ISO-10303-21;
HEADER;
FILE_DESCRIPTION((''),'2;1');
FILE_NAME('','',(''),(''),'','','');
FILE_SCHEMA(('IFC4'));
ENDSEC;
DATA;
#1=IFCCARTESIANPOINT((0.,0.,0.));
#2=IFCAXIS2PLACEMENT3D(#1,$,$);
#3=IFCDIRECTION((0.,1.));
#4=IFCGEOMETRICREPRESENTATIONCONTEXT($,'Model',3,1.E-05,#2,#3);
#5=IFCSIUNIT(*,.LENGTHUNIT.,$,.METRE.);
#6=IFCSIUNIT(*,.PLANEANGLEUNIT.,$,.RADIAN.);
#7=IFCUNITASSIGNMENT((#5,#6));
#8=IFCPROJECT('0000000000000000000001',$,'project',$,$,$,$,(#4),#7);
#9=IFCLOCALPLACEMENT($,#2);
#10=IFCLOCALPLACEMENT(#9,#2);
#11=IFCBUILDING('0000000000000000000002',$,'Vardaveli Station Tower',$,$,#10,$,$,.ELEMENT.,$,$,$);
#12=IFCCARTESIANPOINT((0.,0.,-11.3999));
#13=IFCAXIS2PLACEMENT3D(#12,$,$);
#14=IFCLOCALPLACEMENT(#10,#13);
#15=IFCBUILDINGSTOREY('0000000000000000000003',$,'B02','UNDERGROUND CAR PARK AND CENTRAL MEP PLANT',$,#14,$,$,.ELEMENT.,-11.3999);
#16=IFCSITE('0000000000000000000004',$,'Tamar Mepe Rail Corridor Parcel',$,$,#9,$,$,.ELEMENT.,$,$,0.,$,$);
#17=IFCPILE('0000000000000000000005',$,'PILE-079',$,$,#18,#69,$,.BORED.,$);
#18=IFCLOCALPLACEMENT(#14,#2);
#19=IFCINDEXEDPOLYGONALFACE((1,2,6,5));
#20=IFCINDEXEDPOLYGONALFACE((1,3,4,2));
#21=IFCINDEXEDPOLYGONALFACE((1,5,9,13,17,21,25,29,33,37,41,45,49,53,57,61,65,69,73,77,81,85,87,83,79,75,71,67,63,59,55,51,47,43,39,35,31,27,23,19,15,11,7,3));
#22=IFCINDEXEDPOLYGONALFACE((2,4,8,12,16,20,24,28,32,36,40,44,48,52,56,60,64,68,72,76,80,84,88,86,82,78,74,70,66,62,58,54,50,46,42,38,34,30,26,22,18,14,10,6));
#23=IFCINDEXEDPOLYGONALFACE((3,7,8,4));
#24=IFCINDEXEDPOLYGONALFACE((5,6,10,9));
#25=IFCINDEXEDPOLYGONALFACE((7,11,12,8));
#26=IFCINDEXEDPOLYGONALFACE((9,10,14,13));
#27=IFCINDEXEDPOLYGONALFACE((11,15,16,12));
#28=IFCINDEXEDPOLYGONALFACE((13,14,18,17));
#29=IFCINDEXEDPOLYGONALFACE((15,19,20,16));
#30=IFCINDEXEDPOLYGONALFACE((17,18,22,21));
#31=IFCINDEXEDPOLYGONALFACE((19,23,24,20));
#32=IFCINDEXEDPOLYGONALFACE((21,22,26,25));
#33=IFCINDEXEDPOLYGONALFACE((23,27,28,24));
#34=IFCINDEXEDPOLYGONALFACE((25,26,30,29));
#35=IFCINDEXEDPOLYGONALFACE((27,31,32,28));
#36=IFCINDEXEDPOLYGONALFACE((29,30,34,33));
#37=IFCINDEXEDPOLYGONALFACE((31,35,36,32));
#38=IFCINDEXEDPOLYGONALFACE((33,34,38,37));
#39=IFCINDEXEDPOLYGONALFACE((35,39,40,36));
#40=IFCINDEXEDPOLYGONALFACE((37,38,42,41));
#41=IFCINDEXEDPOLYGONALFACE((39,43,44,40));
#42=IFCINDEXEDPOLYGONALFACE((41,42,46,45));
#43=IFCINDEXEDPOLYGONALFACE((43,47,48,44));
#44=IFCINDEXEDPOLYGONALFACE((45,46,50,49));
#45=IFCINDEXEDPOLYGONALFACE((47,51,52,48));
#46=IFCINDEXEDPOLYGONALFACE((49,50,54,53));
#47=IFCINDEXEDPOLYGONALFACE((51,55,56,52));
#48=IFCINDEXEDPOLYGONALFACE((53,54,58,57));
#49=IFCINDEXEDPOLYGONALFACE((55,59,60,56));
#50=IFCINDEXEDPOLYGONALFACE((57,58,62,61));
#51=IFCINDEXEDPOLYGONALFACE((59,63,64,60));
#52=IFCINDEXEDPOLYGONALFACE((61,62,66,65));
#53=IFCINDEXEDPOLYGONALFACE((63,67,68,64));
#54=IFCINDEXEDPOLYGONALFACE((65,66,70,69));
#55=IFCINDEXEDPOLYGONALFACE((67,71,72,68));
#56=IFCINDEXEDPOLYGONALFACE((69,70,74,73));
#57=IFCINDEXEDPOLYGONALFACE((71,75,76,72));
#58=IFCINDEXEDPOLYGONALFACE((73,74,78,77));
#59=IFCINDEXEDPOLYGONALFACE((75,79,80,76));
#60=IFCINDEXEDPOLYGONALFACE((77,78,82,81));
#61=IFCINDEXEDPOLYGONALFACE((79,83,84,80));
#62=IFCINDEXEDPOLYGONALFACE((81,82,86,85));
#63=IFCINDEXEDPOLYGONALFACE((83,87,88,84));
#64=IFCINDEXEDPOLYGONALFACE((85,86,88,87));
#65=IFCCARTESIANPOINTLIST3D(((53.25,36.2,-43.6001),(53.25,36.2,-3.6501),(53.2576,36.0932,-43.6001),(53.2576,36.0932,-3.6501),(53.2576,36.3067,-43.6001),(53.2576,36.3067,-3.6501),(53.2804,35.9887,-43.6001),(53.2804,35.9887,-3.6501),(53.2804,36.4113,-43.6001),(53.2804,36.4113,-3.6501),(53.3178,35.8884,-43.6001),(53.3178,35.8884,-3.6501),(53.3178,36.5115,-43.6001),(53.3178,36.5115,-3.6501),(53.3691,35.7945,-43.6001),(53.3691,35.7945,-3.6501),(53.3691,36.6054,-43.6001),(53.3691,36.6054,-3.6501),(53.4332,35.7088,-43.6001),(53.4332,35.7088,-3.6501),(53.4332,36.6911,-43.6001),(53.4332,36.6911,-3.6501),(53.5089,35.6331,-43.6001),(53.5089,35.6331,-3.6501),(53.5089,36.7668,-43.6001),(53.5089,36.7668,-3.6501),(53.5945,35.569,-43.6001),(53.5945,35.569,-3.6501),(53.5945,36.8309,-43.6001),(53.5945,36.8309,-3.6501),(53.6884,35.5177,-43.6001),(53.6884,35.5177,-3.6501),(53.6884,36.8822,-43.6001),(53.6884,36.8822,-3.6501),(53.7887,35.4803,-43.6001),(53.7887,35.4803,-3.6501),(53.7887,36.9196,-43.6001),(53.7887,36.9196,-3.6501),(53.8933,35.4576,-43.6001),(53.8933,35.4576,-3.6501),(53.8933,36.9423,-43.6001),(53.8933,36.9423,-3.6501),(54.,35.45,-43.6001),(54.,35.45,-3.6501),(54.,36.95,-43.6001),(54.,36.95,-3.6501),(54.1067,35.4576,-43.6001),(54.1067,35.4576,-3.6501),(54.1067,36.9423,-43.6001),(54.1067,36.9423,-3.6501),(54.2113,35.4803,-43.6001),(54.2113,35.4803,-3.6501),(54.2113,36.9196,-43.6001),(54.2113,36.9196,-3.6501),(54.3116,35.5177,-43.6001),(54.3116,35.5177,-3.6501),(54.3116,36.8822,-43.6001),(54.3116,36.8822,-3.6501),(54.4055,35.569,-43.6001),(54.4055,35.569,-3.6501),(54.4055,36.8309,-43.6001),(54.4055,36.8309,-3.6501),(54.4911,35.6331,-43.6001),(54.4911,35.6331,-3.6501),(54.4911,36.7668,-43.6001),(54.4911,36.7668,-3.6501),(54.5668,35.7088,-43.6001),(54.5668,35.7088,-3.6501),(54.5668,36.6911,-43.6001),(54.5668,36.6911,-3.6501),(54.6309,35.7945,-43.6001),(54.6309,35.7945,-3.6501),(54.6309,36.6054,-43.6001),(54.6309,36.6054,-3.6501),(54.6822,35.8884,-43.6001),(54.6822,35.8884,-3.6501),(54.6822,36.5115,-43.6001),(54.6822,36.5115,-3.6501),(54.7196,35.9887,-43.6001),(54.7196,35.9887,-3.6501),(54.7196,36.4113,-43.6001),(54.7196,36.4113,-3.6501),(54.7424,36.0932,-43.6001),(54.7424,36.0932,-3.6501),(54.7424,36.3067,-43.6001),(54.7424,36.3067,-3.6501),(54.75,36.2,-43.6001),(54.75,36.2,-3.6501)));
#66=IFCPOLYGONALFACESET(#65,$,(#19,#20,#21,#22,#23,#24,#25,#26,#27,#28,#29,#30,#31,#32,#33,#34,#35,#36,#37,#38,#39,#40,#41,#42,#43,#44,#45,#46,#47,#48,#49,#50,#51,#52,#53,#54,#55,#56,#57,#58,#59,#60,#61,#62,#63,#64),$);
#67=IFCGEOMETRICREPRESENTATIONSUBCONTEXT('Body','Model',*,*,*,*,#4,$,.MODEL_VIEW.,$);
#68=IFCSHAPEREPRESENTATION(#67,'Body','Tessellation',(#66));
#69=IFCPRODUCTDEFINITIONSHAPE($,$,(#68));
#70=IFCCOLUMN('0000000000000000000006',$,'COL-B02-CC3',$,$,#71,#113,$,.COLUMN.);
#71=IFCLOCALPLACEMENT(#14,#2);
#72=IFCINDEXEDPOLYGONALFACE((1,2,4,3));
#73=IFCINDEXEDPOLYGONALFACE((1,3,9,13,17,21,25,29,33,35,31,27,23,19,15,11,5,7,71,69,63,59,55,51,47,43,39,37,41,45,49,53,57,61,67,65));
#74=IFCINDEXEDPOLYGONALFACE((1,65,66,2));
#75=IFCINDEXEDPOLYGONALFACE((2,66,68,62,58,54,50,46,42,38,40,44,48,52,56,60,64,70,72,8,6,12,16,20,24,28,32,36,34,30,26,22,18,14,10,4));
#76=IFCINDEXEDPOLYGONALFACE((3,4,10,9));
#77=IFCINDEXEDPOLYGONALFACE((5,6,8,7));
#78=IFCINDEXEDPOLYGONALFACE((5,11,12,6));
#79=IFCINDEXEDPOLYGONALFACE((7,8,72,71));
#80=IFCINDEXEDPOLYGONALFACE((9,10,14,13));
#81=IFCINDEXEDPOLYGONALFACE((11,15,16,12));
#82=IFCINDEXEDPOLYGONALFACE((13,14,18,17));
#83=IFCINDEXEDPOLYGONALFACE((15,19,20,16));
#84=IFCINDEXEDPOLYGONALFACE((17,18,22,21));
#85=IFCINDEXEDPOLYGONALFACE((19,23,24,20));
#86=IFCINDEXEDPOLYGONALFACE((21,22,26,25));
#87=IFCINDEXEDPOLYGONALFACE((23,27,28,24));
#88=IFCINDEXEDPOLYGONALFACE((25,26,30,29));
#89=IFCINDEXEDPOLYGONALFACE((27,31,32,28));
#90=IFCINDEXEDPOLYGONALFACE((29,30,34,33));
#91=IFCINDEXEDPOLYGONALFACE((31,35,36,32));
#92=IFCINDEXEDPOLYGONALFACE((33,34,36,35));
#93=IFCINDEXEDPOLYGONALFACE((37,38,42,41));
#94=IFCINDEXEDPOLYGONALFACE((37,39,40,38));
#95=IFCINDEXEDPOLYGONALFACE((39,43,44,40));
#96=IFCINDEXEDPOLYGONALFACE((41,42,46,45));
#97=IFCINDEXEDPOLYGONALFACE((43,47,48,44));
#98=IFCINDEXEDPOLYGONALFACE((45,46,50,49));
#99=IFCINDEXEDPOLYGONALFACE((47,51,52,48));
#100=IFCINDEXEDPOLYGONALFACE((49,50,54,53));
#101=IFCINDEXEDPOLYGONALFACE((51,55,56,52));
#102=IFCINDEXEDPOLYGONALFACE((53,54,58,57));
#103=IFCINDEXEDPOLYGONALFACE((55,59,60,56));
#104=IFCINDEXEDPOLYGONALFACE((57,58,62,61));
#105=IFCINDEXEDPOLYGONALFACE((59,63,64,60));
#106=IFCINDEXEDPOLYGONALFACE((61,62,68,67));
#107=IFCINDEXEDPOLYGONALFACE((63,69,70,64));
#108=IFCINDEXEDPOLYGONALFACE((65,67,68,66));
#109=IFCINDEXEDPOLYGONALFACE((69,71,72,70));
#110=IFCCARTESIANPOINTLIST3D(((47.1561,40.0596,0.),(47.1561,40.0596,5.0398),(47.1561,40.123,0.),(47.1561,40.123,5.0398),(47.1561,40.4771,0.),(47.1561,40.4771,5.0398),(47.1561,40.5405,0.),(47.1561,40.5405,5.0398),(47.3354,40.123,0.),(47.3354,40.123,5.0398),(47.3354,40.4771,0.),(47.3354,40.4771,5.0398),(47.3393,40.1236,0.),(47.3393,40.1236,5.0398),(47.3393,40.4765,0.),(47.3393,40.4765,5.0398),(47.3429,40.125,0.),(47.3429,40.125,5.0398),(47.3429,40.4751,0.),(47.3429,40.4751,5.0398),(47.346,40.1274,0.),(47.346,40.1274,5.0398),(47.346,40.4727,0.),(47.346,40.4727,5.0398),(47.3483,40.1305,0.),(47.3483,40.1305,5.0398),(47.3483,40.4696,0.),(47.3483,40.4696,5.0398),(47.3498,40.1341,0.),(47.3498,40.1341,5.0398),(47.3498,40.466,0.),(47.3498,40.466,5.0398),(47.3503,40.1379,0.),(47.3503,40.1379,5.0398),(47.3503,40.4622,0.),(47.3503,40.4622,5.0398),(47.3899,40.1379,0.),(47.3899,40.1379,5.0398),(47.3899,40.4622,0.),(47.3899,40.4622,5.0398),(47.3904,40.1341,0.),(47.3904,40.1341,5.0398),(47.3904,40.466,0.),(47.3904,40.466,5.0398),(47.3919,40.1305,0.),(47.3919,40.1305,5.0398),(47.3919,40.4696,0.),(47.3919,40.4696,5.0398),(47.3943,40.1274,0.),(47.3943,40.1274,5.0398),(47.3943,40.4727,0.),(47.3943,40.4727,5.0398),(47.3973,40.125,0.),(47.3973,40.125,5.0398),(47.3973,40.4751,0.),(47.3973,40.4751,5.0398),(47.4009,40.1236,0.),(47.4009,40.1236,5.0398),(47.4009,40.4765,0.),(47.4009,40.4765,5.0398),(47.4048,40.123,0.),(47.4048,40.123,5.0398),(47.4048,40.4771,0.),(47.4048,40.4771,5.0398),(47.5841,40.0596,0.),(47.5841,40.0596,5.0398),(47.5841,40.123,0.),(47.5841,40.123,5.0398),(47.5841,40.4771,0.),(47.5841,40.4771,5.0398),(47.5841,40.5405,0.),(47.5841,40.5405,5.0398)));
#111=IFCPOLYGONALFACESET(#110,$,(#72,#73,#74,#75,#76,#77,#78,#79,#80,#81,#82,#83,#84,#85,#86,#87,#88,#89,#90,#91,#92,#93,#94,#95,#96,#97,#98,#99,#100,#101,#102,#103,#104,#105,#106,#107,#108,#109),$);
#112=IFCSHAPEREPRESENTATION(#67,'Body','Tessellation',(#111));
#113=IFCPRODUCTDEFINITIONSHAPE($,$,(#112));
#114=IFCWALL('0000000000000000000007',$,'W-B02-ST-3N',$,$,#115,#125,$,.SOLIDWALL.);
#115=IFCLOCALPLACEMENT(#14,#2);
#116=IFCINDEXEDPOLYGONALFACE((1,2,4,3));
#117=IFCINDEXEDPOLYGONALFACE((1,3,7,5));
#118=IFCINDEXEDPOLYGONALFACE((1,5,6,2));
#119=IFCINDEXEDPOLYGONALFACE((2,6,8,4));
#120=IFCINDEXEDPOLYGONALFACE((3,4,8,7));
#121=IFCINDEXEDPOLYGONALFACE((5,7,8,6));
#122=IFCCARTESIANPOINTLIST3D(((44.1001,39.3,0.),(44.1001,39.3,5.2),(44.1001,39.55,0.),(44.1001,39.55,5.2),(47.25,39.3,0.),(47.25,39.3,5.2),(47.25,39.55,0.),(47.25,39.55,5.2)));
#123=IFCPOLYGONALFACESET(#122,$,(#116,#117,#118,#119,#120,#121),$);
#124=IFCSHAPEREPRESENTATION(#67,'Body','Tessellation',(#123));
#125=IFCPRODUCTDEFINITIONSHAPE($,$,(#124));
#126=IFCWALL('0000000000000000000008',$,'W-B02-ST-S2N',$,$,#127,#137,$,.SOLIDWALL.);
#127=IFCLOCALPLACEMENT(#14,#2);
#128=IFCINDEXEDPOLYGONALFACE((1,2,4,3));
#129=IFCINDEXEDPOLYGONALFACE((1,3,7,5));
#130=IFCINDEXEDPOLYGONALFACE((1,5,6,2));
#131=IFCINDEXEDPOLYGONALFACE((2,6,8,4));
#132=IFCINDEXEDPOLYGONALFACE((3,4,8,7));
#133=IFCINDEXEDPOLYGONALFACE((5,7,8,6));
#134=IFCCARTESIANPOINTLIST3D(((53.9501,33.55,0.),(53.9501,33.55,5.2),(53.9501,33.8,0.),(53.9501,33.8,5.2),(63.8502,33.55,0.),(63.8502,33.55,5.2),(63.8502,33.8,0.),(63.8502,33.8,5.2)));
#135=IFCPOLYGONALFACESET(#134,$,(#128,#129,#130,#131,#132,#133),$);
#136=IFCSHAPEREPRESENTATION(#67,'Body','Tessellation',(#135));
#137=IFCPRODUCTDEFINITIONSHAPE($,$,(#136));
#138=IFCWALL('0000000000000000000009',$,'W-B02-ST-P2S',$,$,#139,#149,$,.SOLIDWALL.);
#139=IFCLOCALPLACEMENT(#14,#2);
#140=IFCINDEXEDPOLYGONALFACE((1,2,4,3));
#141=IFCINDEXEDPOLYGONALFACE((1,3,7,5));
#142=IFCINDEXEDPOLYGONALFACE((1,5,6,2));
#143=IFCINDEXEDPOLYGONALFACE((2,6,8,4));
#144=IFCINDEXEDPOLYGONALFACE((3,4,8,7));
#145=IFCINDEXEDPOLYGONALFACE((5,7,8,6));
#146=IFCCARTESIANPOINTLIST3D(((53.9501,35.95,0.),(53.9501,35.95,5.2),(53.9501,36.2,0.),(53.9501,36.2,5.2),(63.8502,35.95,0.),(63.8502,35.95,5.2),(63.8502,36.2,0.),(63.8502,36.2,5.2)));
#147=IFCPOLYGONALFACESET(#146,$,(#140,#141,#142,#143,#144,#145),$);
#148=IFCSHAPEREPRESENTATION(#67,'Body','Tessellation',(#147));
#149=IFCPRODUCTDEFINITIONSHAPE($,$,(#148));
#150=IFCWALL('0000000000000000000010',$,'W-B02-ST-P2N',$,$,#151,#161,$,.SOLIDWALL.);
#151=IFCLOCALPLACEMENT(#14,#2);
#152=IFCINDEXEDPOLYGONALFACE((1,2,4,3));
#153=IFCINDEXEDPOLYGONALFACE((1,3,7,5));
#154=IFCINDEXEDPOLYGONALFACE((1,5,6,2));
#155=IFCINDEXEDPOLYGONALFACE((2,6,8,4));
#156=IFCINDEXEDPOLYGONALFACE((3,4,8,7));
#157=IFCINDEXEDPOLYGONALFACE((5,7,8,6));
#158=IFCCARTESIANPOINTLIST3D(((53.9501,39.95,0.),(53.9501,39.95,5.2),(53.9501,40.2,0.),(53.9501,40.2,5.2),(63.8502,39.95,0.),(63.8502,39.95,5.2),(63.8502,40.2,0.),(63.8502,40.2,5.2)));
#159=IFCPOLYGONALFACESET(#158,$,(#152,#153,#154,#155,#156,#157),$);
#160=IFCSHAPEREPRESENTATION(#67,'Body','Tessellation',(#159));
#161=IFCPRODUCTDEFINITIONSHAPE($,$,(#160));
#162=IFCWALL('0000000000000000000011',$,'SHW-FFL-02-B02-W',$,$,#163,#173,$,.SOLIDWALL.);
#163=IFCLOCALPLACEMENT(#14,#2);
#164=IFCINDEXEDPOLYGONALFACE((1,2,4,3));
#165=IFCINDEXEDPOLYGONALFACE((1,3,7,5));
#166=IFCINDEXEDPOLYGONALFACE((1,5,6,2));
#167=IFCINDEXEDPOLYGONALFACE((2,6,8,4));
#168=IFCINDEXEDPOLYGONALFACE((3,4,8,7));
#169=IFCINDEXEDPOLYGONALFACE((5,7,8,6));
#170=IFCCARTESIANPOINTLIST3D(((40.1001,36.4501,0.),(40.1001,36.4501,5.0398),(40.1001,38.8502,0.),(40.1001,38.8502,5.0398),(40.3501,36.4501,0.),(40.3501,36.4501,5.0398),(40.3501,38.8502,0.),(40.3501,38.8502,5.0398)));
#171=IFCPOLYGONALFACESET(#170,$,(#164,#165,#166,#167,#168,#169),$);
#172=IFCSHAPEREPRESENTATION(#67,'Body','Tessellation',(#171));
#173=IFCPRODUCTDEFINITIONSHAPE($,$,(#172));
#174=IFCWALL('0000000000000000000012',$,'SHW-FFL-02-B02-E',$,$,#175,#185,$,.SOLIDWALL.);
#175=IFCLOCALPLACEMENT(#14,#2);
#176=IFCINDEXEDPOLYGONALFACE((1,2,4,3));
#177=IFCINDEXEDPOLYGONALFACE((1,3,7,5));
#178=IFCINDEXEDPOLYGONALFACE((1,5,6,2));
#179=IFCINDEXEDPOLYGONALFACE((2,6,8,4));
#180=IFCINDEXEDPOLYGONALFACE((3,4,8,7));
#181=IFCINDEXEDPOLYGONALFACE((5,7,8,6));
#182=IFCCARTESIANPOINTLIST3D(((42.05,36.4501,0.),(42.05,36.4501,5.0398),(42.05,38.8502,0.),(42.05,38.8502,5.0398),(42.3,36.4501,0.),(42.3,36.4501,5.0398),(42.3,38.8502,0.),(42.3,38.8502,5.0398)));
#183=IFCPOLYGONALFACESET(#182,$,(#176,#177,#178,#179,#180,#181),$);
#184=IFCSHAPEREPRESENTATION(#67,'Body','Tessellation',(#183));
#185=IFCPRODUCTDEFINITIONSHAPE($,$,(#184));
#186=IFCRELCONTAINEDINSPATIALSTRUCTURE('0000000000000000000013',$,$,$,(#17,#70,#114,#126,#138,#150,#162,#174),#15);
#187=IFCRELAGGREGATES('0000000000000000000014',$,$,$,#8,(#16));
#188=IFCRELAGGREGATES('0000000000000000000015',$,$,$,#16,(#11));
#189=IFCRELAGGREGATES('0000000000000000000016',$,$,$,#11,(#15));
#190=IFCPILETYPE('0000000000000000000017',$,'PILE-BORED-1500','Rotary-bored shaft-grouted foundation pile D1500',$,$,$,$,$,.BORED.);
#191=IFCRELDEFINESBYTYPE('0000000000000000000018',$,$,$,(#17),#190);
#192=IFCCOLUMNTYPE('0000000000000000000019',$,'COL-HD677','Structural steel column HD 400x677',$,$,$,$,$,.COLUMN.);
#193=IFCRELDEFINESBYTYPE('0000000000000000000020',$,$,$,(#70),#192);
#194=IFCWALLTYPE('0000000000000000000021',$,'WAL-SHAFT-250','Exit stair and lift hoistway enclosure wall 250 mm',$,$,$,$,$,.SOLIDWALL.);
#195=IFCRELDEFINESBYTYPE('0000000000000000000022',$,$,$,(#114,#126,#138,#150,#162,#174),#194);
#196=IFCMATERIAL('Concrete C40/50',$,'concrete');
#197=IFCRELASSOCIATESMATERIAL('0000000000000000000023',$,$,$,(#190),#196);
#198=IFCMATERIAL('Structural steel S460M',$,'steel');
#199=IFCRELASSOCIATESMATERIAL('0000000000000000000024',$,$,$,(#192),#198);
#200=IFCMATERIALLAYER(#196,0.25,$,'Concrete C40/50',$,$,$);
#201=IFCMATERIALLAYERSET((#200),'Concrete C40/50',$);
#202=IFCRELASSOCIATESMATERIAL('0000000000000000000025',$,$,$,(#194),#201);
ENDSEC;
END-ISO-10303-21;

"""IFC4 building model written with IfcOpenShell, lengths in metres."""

from ifc_helpers import new_model, si_unit, direction, frame, frame_2d, origin, origin_2d, place, context, subcontext, project, spatial, rectangle, circle, i_section, extrude, source, transform, mapped, material, layer, layer_set, material_profile, profile_set, type_object, element, save


model = new_model("IFC4")

# Units and contexts
model_context = context("Model", 3, precision=1e-05, world=origin(), true_north=direction((0.0, 1.0)))
body_context = subcontext(model_context, "Body", "Model", "MODEL_VIEW")
ifc_project = project(units=[si_unit("LENGTHUNIT", "METRE"), si_unit("PLANEANGLEUNIT", "RADIAN")], contexts=[model_context])

# Site, building, storey
site_placement = place(None, origin())
site = spatial("IfcSite", under=ifc_project, at=site_placement, Name="Tamar Mepe Rail Corridor Parcel", CompositionType="ELEMENT", RefElevation=0.0)
building_placement = place(site_placement, origin())
building = spatial("IfcBuilding", under=site, at=building_placement, Name="Vardaveli Station Tower", CompositionType="ELEMENT")
storey_placement = place(building_placement, frame((0.0, 0.0, -11.3999)))
storey = spatial("IfcBuildingStorey", under=building, at=storey_placement, Name="B02", Description="UNDERGROUND CAR PARK AND CENTRAL MEP PLANT", CompositionType="ELEMENT", Elevation=-11.3999)

# Pile
ifc_material_1 = material(Name="Concrete C40/50", Category="concrete")
ifc_material_profile_1 = material_profile(ifc_material_1, circle(Radius=0.75, at=origin_2d()), Name="PILE D1500")
ifc_profile_set_1 = profile_set([ifc_material_profile_1], Name="Concrete C40/50")
pile_type = type_object("IfcPileType", Name="PILE-BORED-1500", Description="Rotary-bored shaft-grouted foundation pile D1500", PredefinedType="BORED", material=ifc_profile_set_1)
shared_shape_1 = source(origin(), body_context, "Body", "SweptSolid", [
    extrude(circle(Radius=0.75, at=origin_2d()), origin(), (0.0, 0.0, 1.0), 39.95),
])
for number, where, z_axis, x_axis, name in (
    (1, (54.0, 36.2, -3.6501), (0.0, 0.0, -1.0), (1.0, 0.0, 0.0), "PILE-079"),
):
    element("IfcPile", number, at=place(storey_placement, frame(where, z_axis=z_axis, x_axis=x_axis)), inside=storey, type_object=pile_type, Name=name, PredefinedType="BORED", context=body_context, shape_type="MappedRepresentation", body=[
        mapped(shared_shape_1, transform((0.0, 0.0, 0.0), scale=1.0)),
    ])

# Column
ifc_material_2 = material(Name="Structural steel S460M", Category="steel")
ifc_material_profile_2 = material_profile(ifc_material_2, i_section(OverallWidth=0.428, OverallDepth=0.481, WebThickness=0.0396, FlangeThickness=0.0635, FilletRadius=0.0149, at=origin_2d()), Name="HD 400x677")
ifc_profile_set_2 = profile_set([ifc_material_profile_2], Name="Structural steel S460M")
column_type = type_object("IfcColumnType", Name="COL-HD677", Description="Structural steel column HD 400x677", PredefinedType="COLUMN", material=ifc_profile_set_2)
shared_shape_2 = source(origin(), body_context, "Body", "SweptSolid", [
    extrude(i_section(OverallWidth=0.428, OverallDepth=0.481, WebThickness=0.0396, FlangeThickness=0.0635, FilletRadius=0.0149, at=origin_2d()), origin(), (0.0, 0.0, 1.0), 5.0398),
])
column_placement = place(storey_placement, frame((47.3701, 40.3, 0.0), z_axis=(0.0, 0.0, 1.0), x_axis=(1.0, 0.0, 0.0)))
element("IfcColumn", 2, at=column_placement, inside=storey, type_object=column_type, Name="COL-B02-CC3", PredefinedType="COLUMN", context=body_context, shape_type="MappedRepresentation", body=[
    mapped(shared_shape_2, transform((0.0, 0.0, 0.0), scale=1.0)),
])

# Walls
ifc_layer_1 = layer(ifc_material_1, 0.25, Name="Concrete C40/50")
ifc_layer_set_1 = layer_set([ifc_layer_1], Name="Concrete C40/50")
wall_type_1 = type_object("IfcWallType", Name="WAL-SHAFT-250", Description="Exit stair and lift hoistway enclosure wall 250 mm", PredefinedType="SOLIDWALL", material=ifc_layer_set_1)
shared_shape_3 = source(origin(), body_context, "Body", "SweptSolid", [
    extrude(rectangle(XDim=3.1499, YDim=0.25, at=frame_2d((1.575, 0.0))), origin(), (0.0, 0.0, 1.0), 5.2),
])
wall_1_placement = place(storey_placement, frame((44.1001, 39.425, 0.0), z_axis=(0.0, 0.0, 1.0), x_axis=(1.0, 0.0, 0.0)))
element("IfcWall", 3, at=wall_1_placement, inside=storey, type_object=wall_type_1, Name="W-B02-ST-3N", PredefinedType="SOLIDWALL", context=body_context, shape_type="MappedRepresentation", body=[
    mapped(shared_shape_3, transform((0.0, 0.0, 0.0), scale=1.0)),
])
shared_shape_4 = source(origin(), body_context, "Body", "SweptSolid", [
    extrude(rectangle(XDim=9.9001, YDim=0.25, at=frame_2d((4.9502, 0.0))), origin(), (0.0, 0.0, 1.0), 5.2),
])
for number, where, z_axis, x_axis, name in (
    (4, (53.95, 33.675, 0.0), (0.0, 0.0, 1.0), (1.0, 0.0, 0.0), "W-B02-ST-S2N"),
    (5, (53.95, 36.075, 0.0), (0.0, 0.0, 1.0), (1.0, 0.0, 0.0), "W-B02-ST-P2S"),
    (6, (53.95, 40.075, 0.0), (0.0, 0.0, 1.0), (1.0, 0.0, 0.0), "W-B02-ST-P2N"),
):
    element("IfcWall", number, at=place(storey_placement, frame(where, z_axis=z_axis, x_axis=x_axis)), inside=storey, type_object=wall_type_1, Name=name, PredefinedType="SOLIDWALL", context=body_context, shape_type="MappedRepresentation", body=[
        mapped(shared_shape_4, transform((0.0, 0.0, 0.0), scale=1.0)),
    ])
shared_shape_5 = source(origin(), body_context, "Body", "SweptSolid", [
    extrude(rectangle(XDim=2.4001, YDim=0.25, at=frame_2d((1.2002, 0.0))), origin(), (0.0, 0.0, 1.0), 5.0398),
])
for number, where, z_axis, x_axis, name in (
    (7, (40.2251, 36.45, 0.0), (0.0, 0.0, 1.0), (0.0, 1.0, 0.0), "SHW-FFL-02-B02-W"),
    (8, (42.175, 36.45, 0.0), (0.0, 0.0, 1.0), (0.0, 1.0, 0.0), "SHW-FFL-02-B02-E"),
):
    element("IfcWall", number, at=place(storey_placement, frame(where, z_axis=z_axis, x_axis=x_axis)), inside=storey, type_object=wall_type_1, Name=name, PredefinedType="SOLIDWALL", context=body_context, shape_type="MappedRepresentation", body=[
        mapped(shared_shape_5, transform((0.0, 0.0, 0.0), scale=1.0)),
    ])

save(model, "model.ifc")
